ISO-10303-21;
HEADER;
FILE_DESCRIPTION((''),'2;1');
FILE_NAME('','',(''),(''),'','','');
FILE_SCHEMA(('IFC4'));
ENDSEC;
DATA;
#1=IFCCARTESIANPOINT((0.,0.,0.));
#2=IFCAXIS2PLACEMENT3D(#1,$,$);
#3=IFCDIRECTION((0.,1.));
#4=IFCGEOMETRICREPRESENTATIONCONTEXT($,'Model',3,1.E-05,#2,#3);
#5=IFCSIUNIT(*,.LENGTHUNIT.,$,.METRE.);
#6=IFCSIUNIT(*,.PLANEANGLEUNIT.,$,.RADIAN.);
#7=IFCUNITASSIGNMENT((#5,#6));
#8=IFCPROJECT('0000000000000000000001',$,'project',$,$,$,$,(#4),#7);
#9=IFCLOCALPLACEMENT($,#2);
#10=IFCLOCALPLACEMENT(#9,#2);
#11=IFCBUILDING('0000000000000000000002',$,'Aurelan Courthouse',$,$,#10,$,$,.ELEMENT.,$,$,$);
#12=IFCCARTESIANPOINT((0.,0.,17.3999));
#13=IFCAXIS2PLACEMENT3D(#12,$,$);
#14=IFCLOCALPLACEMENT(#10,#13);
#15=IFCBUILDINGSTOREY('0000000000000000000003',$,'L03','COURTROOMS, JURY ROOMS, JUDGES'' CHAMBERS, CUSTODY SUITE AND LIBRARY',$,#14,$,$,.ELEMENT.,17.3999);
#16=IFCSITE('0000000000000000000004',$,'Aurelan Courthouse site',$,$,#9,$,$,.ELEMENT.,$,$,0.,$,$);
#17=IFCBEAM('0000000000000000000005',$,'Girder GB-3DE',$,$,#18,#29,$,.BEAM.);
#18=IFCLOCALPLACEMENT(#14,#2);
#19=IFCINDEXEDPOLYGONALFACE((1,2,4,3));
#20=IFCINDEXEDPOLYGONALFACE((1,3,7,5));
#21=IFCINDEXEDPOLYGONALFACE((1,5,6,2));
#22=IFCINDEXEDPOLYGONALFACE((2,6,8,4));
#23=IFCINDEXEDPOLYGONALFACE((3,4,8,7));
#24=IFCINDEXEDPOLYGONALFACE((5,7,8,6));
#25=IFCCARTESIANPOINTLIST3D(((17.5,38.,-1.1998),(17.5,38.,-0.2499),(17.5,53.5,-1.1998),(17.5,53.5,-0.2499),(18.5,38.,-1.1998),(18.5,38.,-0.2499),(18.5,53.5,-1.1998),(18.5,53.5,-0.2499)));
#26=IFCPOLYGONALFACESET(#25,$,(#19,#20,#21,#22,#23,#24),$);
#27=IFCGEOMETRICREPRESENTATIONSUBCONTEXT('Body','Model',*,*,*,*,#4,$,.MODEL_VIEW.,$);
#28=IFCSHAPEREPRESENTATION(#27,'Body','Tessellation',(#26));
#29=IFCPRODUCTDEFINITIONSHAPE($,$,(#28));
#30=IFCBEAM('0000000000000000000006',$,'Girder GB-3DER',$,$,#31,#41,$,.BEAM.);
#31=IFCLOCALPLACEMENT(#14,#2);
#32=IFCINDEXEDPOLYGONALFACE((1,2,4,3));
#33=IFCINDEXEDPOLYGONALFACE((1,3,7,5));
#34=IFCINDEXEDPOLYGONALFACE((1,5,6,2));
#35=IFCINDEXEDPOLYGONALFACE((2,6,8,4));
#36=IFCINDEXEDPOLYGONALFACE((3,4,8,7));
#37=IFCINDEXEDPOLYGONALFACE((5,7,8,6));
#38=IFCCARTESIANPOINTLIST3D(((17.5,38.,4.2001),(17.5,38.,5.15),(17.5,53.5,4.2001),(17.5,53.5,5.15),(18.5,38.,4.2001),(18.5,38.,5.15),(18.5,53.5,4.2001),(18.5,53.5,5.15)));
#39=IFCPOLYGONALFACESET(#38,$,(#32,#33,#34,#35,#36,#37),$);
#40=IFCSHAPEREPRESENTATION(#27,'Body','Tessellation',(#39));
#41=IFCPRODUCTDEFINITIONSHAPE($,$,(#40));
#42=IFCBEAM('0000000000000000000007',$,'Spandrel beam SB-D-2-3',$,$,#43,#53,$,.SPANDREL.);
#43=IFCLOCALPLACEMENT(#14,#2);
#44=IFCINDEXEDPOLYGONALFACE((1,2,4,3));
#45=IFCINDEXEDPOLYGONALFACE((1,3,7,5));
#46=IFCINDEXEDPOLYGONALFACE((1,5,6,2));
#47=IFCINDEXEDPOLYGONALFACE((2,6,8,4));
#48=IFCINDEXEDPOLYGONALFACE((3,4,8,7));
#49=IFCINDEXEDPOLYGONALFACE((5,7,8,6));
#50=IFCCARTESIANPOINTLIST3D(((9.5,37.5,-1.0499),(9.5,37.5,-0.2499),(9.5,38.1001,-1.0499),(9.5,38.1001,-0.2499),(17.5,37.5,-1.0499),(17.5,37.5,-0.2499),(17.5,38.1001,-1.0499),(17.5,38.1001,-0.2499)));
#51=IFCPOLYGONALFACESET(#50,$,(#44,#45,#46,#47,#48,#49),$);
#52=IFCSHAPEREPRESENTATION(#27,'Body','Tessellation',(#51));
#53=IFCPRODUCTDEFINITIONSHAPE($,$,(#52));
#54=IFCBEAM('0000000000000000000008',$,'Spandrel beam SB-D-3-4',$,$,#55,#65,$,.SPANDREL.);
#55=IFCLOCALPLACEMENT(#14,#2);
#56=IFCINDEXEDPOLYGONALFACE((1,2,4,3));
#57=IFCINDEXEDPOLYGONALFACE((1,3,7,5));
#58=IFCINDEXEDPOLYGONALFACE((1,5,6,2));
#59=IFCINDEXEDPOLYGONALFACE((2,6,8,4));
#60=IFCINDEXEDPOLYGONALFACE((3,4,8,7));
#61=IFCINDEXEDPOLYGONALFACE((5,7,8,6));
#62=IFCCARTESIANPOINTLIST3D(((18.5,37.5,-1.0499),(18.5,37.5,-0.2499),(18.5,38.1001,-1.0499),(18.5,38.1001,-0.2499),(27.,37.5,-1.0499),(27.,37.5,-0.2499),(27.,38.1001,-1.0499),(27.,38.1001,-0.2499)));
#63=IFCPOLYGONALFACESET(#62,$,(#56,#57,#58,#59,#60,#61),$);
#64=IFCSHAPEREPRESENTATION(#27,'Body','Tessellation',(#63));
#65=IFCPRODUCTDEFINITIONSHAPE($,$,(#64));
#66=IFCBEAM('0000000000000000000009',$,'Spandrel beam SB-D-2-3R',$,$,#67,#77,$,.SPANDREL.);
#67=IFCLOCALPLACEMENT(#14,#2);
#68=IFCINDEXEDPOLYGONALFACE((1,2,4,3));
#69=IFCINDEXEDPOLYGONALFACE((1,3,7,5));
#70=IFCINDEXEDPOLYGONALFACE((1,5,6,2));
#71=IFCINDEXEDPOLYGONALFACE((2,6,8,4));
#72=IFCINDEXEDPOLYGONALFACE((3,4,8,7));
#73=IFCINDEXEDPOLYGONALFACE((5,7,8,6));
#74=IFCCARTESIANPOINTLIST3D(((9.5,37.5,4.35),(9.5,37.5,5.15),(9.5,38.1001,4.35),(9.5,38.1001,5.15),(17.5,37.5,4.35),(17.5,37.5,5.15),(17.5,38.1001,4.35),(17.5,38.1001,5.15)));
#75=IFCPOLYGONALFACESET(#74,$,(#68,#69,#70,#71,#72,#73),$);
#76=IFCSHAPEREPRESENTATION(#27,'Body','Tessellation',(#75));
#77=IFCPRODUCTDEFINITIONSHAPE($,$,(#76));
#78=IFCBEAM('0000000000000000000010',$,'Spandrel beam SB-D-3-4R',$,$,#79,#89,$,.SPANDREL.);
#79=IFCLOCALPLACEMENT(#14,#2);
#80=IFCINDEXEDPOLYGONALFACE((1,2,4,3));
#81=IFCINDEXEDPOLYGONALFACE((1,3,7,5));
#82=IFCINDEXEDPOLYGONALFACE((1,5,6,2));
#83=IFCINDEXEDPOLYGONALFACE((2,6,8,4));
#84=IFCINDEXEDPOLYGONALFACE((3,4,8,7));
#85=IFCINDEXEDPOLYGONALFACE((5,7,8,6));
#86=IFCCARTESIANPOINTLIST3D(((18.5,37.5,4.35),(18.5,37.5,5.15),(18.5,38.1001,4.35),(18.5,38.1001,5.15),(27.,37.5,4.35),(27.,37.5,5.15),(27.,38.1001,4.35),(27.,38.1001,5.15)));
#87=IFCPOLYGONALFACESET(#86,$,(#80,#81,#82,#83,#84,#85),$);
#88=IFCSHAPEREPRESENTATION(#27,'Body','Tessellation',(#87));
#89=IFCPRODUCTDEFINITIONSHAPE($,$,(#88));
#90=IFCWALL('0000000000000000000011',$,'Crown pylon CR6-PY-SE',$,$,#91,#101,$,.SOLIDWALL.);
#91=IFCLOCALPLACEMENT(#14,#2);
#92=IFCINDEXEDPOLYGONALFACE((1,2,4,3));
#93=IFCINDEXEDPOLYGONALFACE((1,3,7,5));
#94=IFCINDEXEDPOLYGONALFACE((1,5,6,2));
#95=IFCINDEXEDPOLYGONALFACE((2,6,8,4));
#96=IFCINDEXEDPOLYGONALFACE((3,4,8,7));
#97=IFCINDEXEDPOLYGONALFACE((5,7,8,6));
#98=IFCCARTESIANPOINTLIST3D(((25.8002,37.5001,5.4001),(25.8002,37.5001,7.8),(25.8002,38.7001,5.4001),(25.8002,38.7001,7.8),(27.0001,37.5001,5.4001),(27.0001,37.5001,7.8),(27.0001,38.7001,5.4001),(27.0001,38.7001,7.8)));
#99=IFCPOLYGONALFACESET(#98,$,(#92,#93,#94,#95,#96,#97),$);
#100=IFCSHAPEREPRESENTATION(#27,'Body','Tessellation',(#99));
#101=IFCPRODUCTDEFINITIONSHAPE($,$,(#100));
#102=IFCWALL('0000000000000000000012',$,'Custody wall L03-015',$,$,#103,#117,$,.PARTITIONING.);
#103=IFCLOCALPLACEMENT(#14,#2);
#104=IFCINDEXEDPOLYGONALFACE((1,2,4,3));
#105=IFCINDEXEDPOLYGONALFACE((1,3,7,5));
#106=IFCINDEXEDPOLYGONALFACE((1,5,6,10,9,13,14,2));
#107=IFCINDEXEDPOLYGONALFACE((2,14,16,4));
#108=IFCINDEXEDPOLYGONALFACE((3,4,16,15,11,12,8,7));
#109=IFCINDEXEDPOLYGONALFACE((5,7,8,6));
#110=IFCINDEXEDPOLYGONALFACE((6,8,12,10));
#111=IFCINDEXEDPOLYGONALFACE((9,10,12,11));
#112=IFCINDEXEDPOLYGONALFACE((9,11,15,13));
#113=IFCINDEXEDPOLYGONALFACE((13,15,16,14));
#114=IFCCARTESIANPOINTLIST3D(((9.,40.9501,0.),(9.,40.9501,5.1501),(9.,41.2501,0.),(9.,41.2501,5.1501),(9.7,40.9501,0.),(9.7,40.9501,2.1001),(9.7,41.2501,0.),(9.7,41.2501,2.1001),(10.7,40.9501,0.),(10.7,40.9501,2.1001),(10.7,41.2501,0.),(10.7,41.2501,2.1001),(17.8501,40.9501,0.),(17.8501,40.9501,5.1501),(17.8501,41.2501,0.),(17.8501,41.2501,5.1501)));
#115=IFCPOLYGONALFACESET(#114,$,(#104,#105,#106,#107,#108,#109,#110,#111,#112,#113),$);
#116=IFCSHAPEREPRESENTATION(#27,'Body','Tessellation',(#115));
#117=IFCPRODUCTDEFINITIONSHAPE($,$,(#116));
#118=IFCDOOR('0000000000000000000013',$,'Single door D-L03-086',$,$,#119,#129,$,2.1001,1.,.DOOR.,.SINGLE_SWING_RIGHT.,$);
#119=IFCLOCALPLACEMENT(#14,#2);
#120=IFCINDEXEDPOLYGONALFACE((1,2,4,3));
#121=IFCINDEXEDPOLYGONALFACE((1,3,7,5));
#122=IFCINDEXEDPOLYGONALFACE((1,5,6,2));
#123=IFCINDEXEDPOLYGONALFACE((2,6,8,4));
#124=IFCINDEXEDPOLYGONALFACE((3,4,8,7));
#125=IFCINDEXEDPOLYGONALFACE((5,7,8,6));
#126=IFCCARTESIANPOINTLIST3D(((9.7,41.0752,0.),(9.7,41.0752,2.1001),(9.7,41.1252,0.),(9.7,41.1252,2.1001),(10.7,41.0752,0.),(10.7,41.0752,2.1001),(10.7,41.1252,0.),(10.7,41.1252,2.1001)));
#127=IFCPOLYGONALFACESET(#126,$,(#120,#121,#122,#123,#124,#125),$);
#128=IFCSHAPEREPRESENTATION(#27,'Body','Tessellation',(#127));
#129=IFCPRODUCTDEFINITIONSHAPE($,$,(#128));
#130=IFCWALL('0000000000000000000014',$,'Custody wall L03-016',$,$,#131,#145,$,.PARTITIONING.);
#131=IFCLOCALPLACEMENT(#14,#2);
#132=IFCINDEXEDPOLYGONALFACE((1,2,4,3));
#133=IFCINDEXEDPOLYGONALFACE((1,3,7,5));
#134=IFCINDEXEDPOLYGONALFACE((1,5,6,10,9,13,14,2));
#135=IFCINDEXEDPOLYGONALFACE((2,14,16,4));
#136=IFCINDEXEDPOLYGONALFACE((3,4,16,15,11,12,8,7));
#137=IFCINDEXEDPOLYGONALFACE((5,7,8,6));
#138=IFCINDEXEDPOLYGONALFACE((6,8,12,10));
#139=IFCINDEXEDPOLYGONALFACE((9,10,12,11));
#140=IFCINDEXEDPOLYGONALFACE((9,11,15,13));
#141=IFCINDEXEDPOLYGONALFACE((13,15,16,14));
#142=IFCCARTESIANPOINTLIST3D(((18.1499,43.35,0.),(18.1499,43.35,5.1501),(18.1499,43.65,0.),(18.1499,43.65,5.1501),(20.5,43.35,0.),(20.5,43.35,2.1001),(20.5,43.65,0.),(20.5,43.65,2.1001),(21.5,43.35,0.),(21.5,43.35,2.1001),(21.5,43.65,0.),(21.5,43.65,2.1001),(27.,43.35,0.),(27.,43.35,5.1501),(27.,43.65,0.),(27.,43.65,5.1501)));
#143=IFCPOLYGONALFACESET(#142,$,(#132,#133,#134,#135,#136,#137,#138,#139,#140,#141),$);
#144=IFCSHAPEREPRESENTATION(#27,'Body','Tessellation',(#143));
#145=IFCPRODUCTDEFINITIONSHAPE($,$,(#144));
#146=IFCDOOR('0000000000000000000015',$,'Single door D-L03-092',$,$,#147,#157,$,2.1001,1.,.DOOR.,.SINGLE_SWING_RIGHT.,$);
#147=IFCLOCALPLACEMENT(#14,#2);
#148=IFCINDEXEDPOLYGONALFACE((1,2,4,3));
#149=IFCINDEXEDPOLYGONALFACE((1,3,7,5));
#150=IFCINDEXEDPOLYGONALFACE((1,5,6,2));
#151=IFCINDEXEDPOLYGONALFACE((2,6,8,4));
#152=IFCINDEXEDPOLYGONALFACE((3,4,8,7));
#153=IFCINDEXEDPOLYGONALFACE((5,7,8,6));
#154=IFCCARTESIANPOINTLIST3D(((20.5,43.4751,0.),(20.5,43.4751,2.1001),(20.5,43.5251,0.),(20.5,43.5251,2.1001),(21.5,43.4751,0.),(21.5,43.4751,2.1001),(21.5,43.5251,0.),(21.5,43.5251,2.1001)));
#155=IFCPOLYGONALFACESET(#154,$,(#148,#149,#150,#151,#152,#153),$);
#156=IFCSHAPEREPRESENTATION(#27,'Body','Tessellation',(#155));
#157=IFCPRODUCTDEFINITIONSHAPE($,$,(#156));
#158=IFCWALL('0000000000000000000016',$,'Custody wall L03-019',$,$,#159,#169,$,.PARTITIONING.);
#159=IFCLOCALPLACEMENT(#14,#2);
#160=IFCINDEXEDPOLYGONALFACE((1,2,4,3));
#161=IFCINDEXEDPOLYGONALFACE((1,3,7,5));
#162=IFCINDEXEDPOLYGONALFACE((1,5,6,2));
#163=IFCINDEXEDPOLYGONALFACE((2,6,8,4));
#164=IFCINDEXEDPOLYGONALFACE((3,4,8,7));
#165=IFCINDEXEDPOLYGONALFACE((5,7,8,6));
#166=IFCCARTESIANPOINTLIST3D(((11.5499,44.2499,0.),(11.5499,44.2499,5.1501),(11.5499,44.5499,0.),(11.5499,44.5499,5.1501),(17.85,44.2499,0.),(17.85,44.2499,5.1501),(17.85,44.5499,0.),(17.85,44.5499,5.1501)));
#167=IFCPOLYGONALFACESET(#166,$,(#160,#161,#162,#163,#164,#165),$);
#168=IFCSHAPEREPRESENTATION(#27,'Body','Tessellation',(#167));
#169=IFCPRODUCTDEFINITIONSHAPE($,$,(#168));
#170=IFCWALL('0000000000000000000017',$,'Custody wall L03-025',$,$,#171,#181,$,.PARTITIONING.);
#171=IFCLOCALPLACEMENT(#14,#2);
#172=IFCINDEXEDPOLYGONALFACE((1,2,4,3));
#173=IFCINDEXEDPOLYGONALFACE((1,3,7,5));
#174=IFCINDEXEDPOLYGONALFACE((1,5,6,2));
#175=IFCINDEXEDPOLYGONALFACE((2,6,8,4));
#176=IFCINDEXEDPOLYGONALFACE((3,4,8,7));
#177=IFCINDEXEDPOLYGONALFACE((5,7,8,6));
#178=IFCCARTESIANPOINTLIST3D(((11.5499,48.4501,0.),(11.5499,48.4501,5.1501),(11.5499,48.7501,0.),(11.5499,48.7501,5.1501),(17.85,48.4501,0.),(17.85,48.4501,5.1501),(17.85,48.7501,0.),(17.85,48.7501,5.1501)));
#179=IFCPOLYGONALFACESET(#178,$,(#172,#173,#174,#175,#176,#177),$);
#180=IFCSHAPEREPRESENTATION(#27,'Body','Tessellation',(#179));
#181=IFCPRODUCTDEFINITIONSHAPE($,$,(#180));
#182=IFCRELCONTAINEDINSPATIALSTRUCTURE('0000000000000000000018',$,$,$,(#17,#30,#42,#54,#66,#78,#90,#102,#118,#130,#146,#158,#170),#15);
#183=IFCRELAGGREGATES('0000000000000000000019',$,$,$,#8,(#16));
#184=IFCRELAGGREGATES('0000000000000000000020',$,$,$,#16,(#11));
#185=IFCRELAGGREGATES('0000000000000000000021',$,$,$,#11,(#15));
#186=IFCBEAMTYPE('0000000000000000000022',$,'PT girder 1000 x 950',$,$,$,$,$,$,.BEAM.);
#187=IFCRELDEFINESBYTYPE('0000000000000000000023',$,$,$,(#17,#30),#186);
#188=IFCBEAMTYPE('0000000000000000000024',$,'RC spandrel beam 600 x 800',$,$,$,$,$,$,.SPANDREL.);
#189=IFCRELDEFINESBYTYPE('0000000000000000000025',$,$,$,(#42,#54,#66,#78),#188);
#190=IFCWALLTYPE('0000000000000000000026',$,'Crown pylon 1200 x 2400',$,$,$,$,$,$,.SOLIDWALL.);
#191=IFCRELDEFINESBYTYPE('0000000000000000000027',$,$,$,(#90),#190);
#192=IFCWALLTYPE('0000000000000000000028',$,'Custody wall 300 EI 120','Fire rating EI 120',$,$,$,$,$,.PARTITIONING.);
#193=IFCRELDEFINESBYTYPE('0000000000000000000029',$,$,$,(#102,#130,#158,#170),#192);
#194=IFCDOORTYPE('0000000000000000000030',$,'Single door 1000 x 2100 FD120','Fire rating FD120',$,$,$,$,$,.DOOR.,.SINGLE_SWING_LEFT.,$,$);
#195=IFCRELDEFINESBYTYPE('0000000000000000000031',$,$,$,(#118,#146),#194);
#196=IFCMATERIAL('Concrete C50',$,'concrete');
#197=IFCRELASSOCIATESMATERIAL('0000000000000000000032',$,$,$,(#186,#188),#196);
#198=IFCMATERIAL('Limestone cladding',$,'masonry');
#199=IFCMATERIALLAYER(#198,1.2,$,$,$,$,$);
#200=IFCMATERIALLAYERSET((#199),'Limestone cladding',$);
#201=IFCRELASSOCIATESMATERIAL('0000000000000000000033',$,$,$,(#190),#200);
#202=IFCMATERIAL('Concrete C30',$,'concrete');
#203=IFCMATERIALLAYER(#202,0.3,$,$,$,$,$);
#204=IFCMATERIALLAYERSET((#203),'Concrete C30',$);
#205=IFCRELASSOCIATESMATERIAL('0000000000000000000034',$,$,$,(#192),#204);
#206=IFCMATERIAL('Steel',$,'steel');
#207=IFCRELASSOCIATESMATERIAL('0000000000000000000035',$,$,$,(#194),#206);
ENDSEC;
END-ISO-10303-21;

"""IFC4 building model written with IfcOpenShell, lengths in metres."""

from ifc_helpers import new_model, si_unit, direction, frame, frame_2d, origin, origin_2d, place, context, subcontext, project, spatial, rectangle, extrude, material, layer, layer_set, material_profile, profile_set, type_object, element, fill, save


model = new_model("IFC4")

# Units and contexts
model_context = context("Model", 3, precision=1e-05, world=origin(), true_north=direction((0.0, 1.0)))
body_context = subcontext(model_context, "Body", "Model", "MODEL_VIEW")
ifc_project = project(units=[si_unit("LENGTHUNIT", "METRE"), si_unit("PLANEANGLEUNIT", "RADIAN")], contexts=[model_context])

# Site, building, storey
site_placement = place(None, origin())
site = spatial("IfcSite", under=ifc_project, at=site_placement, Name="Aurelan Courthouse site", CompositionType="ELEMENT", RefElevation=0.0)
building_placement = place(site_placement, origin())
building = spatial("IfcBuilding", under=site, at=building_placement, Name="Aurelan Courthouse", CompositionType="ELEMENT")
storey_placement = place(building_placement, frame((0.0, 0.0, 17.3999)))
storey = spatial("IfcBuildingStorey", under=building, at=storey_placement, Name="L03", Description="COURTROOMS, JURY ROOMS, JUDGES' CHAMBERS, CUSTODY SUITE AND LIBRARY", CompositionType="ELEMENT", Elevation=17.3999)

# Beams
ifc_material_1 = material(Name="Concrete C50", Category="concrete")
ifc_material_profile_1 = material_profile(ifc_material_1, rectangle(XDim=1.0, YDim=0.95, at=origin_2d()), Name="RC 1000 x 950")
ifc_profile_set_1 = profile_set([ifc_material_profile_1], Name="Concrete C50")
beam_type_1 = type_object("IfcBeamType", Name="PT girder 1000 x 950", PredefinedType="BEAM", material=ifc_profile_set_1)
for number, where, z_axis, x_axis, name in (
    (1, (18.0, 38.0, -0.7249), (0.0, 1.0, 0.0), (-1.0, 0.0, 0.0), "Girder GB-3DE"),
    (2, (18.0, 38.0, 4.675), (0.0, 1.0, 0.0), (-1.0, 0.0, 0.0), "Girder GB-3DER"),
):
    element("IfcBeam", number, at=place(storey_placement, frame(where, z_axis=z_axis, x_axis=x_axis)), inside=storey, type_object=beam_type_1, Name=name, PredefinedType="BEAM", context=body_context, shape_type="SweptSolid", body=[
        extrude(rectangle(XDim=1.0, YDim=0.95, at=origin_2d()), origin(), (0.0, 0.0, 1.0), 15.5),
    ])
ifc_material_profile_2 = material_profile(ifc_material_1, rectangle(XDim=0.6001, YDim=0.8, at=origin_2d()), Name="RC 600 x 800")
ifc_profile_set_2 = profile_set([ifc_material_profile_2], Name="Concrete C50")
beam_type_2 = type_object("IfcBeamType", Name="RC spandrel beam 600 x 800", PredefinedType="SPANDREL", material=ifc_profile_set_2)
beam_1_placement = place(storey_placement, frame((9.5, 37.8, -0.6499), z_axis=(1.0, 0.0, 0.0), x_axis=(0.0, 1.0, 0.0)))
element("IfcBeam", 3, at=beam_1_placement, inside=storey, type_object=beam_type_2, Name="Spandrel beam SB-D-2-3", PredefinedType="SPANDREL", context=body_context, shape_type="SweptSolid", body=[
    extrude(rectangle(XDim=0.6001, YDim=0.8, at=origin_2d()), origin(), (0.0, 0.0, 1.0), 8.0),
])
beam_2_placement = place(storey_placement, frame((18.5, 37.8, -0.6499), z_axis=(1.0, 0.0, 0.0), x_axis=(0.0, 1.0, 0.0)))
element("IfcBeam", 4, at=beam_2_placement, inside=storey, type_object=beam_type_2, Name="Spandrel beam SB-D-3-4", PredefinedType="SPANDREL", context=body_context, shape_type="SweptSolid", body=[
    extrude(rectangle(XDim=0.6001, YDim=0.8, at=origin_2d()), origin(), (0.0, 0.0, 1.0), 8.5),
])
beam_3_placement = place(storey_placement, frame((9.5, 37.8, 4.75), z_axis=(1.0, 0.0, 0.0), x_axis=(0.0, 1.0, 0.0)))
element("IfcBeam", 5, at=beam_3_placement, inside=storey, type_object=beam_type_2, Name="Spandrel beam SB-D-2-3R", PredefinedType="SPANDREL", context=body_context, shape_type="SweptSolid", body=[
    extrude(rectangle(XDim=0.6001, YDim=0.8, at=origin_2d()), origin(), (0.0, 0.0, 1.0), 8.0),
])
beam_4_placement = place(storey_placement, frame((18.5, 37.8, 4.75), z_axis=(1.0, 0.0, 0.0), x_axis=(0.0, 1.0, 0.0)))
element("IfcBeam", 6, at=beam_4_placement, inside=storey, type_object=beam_type_2, Name="Spandrel beam SB-D-3-4R", PredefinedType="SPANDREL", context=body_context, shape_type="SweptSolid", body=[
    extrude(rectangle(XDim=0.6001, YDim=0.8, at=origin_2d()), origin(), (0.0, 0.0, 1.0), 8.5),
])

# Wall
ifc_material_2 = material(Name="Limestone cladding", Category="masonry")
ifc_layer_1 = layer(ifc_material_2, 1.2)
ifc_layer_set_1 = layer_set([ifc_layer_1], Name="Limestone cladding")
wall_type_1 = type_object("IfcWallType", Name="Crown pylon 1200 x 2400", PredefinedType="SOLIDWALL", material=ifc_layer_set_1)
wall_1_placement = place(storey_placement, frame((25.8, 38.1001, 5.4001), z_axis=(0.0, 0.0, 1.0), x_axis=(1.0, 0.0, 0.0)))
element("IfcWall", 7, at=wall_1_placement, inside=storey, type_object=wall_type_1, Name="Crown pylon CR6-PY-SE", PredefinedType="SOLIDWALL", context=body_context, shape_type="SweptSolid", body=[
    extrude(rectangle(XDim=1.2, YDim=1.2, at=frame_2d((0.6001, 0.0))), origin(), (0.0, 0.0, 1.0), 2.3999),
])

# Walls, openings, doors
ifc_material_3 = material(Name="Concrete C30", Category="concrete")
ifc_layer_2 = layer(ifc_material_3, 0.3)
ifc_layer_set_2 = layer_set([ifc_layer_2], Name="Concrete C30")
wall_type_2 = type_object("IfcWallType", Name="Custody wall 300 EI 120", Description="Fire rating EI 120", PredefinedType="PARTITIONING", material=ifc_layer_set_2)
wall_2_placement = place(storey_placement, frame((9.0, 41.1001, 0.0), z_axis=(0.0, 0.0, 1.0), x_axis=(1.0, 0.0, 0.0)))
wall_2 = element("IfcWall", 8, at=wall_2_placement, inside=storey, type_object=wall_type_2, Name="Custody wall L03-015", PredefinedType="PARTITIONING", context=body_context, shape_type="SweptSolid", body=[
    extrude(rectangle(XDim=8.8501, YDim=0.3, at=frame_2d((4.425, 0.0))), origin(), (0.0, 0.0, 1.0), 5.1501),
])
opening_1_placement = place(wall_2_placement, frame((1.7, 0.0, 0.0), z_axis=(0.0, 0.0, 1.0), x_axis=(-1.0, 0.0, 0.0)))
opening_1 = element("IfcOpeningElement", 9, at=opening_1_placement, cuts=wall_2, PredefinedType="OPENING", context=body_context, shape_type="SweptSolid", body=[
    extrude(rectangle(XDim=1.0, YDim=2.1001, at=frame_2d((0.5, 1.05))), frame((0.0, 0.1599, 0.0), z_axis=(0.0, -1.0, 0.0), x_axis=(1.0, 0.0, 0.0)), (0.0, 0.0, 1.0), 0.3201),
])
ifc_material_4 = material(Name="Steel", Category="steel")
door_type = type_object("IfcDoorType", Name="Single door 1000 x 2100 FD120", Description="Fire rating FD120", OperationType="SINGLE_SWING_LEFT", PredefinedType="DOOR", material=ifc_material_4)
door_1_placement = place(opening_1_placement, origin())
door_1 = element("IfcDoor", 10, at=door_1_placement, inside=storey, type_object=door_type, Name="Single door D-L03-086", OperationType="SINGLE_SWING_RIGHT", OverallHeight=2.1001, OverallWidth=1.0, PredefinedType="DOOR", context=body_context, shape_type="SweptSolid", body=[
    extrude(rectangle(XDim=1.0, YDim=2.1001, at=frame_2d((0.5, 1.05))), frame((0.0, 0.0249, 0.0), z_axis=(0.0, -1.0, 0.0), x_axis=(1.0, 0.0, 0.0)), (0.0, 0.0, 1.0), 0.05),
])
fill(opening_1, door_1)
wall_3_placement = place(storey_placement, frame((18.1499, 43.5, 0.0), z_axis=(0.0, 0.0, 1.0), x_axis=(1.0, 0.0, 0.0)))
wall_3 = element("IfcWall", 11, at=wall_3_placement, inside=storey, type_object=wall_type_2, Name="Custody wall L03-016", PredefinedType="PARTITIONING", context=body_context, shape_type="SweptSolid", body=[
    extrude(rectangle(XDim=8.8501, YDim=0.3, at=frame_2d((4.425, 0.0))), origin(), (0.0, 0.0, 1.0), 5.1501),
])
opening_2_placement = place(wall_3_placement, frame((3.3501, 0.0, 0.0), z_axis=(0.0, 0.0, 1.0), x_axis=(-1.0, 0.0, 0.0)))
opening_2 = element("IfcOpeningElement", 12, at=opening_2_placement, cuts=wall_3, PredefinedType="OPENING", context=body_context, shape_type="SweptSolid", body=[
    extrude(rectangle(XDim=1.0, YDim=2.1001, at=frame_2d((0.5, 1.05))), frame((0.0, 0.1599, 0.0), z_axis=(0.0, -1.0, 0.0), x_axis=(1.0, 0.0, 0.0)), (0.0, 0.0, 1.0), 0.3201),
])
door_2_placement = place(opening_2_placement, origin())
door_2 = element("IfcDoor", 13, at=door_2_placement, inside=storey, type_object=door_type, Name="Single door D-L03-092", OperationType="SINGLE_SWING_RIGHT", OverallHeight=2.1001, OverallWidth=1.0, PredefinedType="DOOR", context=body_context, shape_type="SweptSolid", body=[
    extrude(rectangle(XDim=1.0, YDim=2.1001, at=frame_2d((0.5, 1.05))), frame((0.0, 0.0249, 0.0), z_axis=(0.0, -1.0, 0.0), x_axis=(1.0, 0.0, 0.0)), (0.0, 0.0, 1.0), 0.05),
])
fill(opening_2, door_2)

# Walls
for number, where, z_axis, x_axis, name in (
    (14, (11.55, 44.3999, 0.0), (0.0, 0.0, 1.0), (1.0, 0.0, 0.0), "Custody wall L03-019"),
    (15, (11.55, 48.6001, 0.0), (0.0, 0.0, 1.0), (1.0, 0.0, 0.0), "Custody wall L03-025"),
):
    element("IfcWall", number, at=place(storey_placement, frame(where, z_axis=z_axis, x_axis=x_axis)), inside=storey, type_object=wall_type_2, Name=name, PredefinedType="PARTITIONING", context=body_context, shape_type="SweptSolid", body=[
        extrude(rectangle(XDim=6.3, YDim=0.3, at=frame_2d((3.1499, 0.0))), origin(), (0.0, 0.0, 1.0), 5.1501),
    ])

save(model, "model.ifc")
